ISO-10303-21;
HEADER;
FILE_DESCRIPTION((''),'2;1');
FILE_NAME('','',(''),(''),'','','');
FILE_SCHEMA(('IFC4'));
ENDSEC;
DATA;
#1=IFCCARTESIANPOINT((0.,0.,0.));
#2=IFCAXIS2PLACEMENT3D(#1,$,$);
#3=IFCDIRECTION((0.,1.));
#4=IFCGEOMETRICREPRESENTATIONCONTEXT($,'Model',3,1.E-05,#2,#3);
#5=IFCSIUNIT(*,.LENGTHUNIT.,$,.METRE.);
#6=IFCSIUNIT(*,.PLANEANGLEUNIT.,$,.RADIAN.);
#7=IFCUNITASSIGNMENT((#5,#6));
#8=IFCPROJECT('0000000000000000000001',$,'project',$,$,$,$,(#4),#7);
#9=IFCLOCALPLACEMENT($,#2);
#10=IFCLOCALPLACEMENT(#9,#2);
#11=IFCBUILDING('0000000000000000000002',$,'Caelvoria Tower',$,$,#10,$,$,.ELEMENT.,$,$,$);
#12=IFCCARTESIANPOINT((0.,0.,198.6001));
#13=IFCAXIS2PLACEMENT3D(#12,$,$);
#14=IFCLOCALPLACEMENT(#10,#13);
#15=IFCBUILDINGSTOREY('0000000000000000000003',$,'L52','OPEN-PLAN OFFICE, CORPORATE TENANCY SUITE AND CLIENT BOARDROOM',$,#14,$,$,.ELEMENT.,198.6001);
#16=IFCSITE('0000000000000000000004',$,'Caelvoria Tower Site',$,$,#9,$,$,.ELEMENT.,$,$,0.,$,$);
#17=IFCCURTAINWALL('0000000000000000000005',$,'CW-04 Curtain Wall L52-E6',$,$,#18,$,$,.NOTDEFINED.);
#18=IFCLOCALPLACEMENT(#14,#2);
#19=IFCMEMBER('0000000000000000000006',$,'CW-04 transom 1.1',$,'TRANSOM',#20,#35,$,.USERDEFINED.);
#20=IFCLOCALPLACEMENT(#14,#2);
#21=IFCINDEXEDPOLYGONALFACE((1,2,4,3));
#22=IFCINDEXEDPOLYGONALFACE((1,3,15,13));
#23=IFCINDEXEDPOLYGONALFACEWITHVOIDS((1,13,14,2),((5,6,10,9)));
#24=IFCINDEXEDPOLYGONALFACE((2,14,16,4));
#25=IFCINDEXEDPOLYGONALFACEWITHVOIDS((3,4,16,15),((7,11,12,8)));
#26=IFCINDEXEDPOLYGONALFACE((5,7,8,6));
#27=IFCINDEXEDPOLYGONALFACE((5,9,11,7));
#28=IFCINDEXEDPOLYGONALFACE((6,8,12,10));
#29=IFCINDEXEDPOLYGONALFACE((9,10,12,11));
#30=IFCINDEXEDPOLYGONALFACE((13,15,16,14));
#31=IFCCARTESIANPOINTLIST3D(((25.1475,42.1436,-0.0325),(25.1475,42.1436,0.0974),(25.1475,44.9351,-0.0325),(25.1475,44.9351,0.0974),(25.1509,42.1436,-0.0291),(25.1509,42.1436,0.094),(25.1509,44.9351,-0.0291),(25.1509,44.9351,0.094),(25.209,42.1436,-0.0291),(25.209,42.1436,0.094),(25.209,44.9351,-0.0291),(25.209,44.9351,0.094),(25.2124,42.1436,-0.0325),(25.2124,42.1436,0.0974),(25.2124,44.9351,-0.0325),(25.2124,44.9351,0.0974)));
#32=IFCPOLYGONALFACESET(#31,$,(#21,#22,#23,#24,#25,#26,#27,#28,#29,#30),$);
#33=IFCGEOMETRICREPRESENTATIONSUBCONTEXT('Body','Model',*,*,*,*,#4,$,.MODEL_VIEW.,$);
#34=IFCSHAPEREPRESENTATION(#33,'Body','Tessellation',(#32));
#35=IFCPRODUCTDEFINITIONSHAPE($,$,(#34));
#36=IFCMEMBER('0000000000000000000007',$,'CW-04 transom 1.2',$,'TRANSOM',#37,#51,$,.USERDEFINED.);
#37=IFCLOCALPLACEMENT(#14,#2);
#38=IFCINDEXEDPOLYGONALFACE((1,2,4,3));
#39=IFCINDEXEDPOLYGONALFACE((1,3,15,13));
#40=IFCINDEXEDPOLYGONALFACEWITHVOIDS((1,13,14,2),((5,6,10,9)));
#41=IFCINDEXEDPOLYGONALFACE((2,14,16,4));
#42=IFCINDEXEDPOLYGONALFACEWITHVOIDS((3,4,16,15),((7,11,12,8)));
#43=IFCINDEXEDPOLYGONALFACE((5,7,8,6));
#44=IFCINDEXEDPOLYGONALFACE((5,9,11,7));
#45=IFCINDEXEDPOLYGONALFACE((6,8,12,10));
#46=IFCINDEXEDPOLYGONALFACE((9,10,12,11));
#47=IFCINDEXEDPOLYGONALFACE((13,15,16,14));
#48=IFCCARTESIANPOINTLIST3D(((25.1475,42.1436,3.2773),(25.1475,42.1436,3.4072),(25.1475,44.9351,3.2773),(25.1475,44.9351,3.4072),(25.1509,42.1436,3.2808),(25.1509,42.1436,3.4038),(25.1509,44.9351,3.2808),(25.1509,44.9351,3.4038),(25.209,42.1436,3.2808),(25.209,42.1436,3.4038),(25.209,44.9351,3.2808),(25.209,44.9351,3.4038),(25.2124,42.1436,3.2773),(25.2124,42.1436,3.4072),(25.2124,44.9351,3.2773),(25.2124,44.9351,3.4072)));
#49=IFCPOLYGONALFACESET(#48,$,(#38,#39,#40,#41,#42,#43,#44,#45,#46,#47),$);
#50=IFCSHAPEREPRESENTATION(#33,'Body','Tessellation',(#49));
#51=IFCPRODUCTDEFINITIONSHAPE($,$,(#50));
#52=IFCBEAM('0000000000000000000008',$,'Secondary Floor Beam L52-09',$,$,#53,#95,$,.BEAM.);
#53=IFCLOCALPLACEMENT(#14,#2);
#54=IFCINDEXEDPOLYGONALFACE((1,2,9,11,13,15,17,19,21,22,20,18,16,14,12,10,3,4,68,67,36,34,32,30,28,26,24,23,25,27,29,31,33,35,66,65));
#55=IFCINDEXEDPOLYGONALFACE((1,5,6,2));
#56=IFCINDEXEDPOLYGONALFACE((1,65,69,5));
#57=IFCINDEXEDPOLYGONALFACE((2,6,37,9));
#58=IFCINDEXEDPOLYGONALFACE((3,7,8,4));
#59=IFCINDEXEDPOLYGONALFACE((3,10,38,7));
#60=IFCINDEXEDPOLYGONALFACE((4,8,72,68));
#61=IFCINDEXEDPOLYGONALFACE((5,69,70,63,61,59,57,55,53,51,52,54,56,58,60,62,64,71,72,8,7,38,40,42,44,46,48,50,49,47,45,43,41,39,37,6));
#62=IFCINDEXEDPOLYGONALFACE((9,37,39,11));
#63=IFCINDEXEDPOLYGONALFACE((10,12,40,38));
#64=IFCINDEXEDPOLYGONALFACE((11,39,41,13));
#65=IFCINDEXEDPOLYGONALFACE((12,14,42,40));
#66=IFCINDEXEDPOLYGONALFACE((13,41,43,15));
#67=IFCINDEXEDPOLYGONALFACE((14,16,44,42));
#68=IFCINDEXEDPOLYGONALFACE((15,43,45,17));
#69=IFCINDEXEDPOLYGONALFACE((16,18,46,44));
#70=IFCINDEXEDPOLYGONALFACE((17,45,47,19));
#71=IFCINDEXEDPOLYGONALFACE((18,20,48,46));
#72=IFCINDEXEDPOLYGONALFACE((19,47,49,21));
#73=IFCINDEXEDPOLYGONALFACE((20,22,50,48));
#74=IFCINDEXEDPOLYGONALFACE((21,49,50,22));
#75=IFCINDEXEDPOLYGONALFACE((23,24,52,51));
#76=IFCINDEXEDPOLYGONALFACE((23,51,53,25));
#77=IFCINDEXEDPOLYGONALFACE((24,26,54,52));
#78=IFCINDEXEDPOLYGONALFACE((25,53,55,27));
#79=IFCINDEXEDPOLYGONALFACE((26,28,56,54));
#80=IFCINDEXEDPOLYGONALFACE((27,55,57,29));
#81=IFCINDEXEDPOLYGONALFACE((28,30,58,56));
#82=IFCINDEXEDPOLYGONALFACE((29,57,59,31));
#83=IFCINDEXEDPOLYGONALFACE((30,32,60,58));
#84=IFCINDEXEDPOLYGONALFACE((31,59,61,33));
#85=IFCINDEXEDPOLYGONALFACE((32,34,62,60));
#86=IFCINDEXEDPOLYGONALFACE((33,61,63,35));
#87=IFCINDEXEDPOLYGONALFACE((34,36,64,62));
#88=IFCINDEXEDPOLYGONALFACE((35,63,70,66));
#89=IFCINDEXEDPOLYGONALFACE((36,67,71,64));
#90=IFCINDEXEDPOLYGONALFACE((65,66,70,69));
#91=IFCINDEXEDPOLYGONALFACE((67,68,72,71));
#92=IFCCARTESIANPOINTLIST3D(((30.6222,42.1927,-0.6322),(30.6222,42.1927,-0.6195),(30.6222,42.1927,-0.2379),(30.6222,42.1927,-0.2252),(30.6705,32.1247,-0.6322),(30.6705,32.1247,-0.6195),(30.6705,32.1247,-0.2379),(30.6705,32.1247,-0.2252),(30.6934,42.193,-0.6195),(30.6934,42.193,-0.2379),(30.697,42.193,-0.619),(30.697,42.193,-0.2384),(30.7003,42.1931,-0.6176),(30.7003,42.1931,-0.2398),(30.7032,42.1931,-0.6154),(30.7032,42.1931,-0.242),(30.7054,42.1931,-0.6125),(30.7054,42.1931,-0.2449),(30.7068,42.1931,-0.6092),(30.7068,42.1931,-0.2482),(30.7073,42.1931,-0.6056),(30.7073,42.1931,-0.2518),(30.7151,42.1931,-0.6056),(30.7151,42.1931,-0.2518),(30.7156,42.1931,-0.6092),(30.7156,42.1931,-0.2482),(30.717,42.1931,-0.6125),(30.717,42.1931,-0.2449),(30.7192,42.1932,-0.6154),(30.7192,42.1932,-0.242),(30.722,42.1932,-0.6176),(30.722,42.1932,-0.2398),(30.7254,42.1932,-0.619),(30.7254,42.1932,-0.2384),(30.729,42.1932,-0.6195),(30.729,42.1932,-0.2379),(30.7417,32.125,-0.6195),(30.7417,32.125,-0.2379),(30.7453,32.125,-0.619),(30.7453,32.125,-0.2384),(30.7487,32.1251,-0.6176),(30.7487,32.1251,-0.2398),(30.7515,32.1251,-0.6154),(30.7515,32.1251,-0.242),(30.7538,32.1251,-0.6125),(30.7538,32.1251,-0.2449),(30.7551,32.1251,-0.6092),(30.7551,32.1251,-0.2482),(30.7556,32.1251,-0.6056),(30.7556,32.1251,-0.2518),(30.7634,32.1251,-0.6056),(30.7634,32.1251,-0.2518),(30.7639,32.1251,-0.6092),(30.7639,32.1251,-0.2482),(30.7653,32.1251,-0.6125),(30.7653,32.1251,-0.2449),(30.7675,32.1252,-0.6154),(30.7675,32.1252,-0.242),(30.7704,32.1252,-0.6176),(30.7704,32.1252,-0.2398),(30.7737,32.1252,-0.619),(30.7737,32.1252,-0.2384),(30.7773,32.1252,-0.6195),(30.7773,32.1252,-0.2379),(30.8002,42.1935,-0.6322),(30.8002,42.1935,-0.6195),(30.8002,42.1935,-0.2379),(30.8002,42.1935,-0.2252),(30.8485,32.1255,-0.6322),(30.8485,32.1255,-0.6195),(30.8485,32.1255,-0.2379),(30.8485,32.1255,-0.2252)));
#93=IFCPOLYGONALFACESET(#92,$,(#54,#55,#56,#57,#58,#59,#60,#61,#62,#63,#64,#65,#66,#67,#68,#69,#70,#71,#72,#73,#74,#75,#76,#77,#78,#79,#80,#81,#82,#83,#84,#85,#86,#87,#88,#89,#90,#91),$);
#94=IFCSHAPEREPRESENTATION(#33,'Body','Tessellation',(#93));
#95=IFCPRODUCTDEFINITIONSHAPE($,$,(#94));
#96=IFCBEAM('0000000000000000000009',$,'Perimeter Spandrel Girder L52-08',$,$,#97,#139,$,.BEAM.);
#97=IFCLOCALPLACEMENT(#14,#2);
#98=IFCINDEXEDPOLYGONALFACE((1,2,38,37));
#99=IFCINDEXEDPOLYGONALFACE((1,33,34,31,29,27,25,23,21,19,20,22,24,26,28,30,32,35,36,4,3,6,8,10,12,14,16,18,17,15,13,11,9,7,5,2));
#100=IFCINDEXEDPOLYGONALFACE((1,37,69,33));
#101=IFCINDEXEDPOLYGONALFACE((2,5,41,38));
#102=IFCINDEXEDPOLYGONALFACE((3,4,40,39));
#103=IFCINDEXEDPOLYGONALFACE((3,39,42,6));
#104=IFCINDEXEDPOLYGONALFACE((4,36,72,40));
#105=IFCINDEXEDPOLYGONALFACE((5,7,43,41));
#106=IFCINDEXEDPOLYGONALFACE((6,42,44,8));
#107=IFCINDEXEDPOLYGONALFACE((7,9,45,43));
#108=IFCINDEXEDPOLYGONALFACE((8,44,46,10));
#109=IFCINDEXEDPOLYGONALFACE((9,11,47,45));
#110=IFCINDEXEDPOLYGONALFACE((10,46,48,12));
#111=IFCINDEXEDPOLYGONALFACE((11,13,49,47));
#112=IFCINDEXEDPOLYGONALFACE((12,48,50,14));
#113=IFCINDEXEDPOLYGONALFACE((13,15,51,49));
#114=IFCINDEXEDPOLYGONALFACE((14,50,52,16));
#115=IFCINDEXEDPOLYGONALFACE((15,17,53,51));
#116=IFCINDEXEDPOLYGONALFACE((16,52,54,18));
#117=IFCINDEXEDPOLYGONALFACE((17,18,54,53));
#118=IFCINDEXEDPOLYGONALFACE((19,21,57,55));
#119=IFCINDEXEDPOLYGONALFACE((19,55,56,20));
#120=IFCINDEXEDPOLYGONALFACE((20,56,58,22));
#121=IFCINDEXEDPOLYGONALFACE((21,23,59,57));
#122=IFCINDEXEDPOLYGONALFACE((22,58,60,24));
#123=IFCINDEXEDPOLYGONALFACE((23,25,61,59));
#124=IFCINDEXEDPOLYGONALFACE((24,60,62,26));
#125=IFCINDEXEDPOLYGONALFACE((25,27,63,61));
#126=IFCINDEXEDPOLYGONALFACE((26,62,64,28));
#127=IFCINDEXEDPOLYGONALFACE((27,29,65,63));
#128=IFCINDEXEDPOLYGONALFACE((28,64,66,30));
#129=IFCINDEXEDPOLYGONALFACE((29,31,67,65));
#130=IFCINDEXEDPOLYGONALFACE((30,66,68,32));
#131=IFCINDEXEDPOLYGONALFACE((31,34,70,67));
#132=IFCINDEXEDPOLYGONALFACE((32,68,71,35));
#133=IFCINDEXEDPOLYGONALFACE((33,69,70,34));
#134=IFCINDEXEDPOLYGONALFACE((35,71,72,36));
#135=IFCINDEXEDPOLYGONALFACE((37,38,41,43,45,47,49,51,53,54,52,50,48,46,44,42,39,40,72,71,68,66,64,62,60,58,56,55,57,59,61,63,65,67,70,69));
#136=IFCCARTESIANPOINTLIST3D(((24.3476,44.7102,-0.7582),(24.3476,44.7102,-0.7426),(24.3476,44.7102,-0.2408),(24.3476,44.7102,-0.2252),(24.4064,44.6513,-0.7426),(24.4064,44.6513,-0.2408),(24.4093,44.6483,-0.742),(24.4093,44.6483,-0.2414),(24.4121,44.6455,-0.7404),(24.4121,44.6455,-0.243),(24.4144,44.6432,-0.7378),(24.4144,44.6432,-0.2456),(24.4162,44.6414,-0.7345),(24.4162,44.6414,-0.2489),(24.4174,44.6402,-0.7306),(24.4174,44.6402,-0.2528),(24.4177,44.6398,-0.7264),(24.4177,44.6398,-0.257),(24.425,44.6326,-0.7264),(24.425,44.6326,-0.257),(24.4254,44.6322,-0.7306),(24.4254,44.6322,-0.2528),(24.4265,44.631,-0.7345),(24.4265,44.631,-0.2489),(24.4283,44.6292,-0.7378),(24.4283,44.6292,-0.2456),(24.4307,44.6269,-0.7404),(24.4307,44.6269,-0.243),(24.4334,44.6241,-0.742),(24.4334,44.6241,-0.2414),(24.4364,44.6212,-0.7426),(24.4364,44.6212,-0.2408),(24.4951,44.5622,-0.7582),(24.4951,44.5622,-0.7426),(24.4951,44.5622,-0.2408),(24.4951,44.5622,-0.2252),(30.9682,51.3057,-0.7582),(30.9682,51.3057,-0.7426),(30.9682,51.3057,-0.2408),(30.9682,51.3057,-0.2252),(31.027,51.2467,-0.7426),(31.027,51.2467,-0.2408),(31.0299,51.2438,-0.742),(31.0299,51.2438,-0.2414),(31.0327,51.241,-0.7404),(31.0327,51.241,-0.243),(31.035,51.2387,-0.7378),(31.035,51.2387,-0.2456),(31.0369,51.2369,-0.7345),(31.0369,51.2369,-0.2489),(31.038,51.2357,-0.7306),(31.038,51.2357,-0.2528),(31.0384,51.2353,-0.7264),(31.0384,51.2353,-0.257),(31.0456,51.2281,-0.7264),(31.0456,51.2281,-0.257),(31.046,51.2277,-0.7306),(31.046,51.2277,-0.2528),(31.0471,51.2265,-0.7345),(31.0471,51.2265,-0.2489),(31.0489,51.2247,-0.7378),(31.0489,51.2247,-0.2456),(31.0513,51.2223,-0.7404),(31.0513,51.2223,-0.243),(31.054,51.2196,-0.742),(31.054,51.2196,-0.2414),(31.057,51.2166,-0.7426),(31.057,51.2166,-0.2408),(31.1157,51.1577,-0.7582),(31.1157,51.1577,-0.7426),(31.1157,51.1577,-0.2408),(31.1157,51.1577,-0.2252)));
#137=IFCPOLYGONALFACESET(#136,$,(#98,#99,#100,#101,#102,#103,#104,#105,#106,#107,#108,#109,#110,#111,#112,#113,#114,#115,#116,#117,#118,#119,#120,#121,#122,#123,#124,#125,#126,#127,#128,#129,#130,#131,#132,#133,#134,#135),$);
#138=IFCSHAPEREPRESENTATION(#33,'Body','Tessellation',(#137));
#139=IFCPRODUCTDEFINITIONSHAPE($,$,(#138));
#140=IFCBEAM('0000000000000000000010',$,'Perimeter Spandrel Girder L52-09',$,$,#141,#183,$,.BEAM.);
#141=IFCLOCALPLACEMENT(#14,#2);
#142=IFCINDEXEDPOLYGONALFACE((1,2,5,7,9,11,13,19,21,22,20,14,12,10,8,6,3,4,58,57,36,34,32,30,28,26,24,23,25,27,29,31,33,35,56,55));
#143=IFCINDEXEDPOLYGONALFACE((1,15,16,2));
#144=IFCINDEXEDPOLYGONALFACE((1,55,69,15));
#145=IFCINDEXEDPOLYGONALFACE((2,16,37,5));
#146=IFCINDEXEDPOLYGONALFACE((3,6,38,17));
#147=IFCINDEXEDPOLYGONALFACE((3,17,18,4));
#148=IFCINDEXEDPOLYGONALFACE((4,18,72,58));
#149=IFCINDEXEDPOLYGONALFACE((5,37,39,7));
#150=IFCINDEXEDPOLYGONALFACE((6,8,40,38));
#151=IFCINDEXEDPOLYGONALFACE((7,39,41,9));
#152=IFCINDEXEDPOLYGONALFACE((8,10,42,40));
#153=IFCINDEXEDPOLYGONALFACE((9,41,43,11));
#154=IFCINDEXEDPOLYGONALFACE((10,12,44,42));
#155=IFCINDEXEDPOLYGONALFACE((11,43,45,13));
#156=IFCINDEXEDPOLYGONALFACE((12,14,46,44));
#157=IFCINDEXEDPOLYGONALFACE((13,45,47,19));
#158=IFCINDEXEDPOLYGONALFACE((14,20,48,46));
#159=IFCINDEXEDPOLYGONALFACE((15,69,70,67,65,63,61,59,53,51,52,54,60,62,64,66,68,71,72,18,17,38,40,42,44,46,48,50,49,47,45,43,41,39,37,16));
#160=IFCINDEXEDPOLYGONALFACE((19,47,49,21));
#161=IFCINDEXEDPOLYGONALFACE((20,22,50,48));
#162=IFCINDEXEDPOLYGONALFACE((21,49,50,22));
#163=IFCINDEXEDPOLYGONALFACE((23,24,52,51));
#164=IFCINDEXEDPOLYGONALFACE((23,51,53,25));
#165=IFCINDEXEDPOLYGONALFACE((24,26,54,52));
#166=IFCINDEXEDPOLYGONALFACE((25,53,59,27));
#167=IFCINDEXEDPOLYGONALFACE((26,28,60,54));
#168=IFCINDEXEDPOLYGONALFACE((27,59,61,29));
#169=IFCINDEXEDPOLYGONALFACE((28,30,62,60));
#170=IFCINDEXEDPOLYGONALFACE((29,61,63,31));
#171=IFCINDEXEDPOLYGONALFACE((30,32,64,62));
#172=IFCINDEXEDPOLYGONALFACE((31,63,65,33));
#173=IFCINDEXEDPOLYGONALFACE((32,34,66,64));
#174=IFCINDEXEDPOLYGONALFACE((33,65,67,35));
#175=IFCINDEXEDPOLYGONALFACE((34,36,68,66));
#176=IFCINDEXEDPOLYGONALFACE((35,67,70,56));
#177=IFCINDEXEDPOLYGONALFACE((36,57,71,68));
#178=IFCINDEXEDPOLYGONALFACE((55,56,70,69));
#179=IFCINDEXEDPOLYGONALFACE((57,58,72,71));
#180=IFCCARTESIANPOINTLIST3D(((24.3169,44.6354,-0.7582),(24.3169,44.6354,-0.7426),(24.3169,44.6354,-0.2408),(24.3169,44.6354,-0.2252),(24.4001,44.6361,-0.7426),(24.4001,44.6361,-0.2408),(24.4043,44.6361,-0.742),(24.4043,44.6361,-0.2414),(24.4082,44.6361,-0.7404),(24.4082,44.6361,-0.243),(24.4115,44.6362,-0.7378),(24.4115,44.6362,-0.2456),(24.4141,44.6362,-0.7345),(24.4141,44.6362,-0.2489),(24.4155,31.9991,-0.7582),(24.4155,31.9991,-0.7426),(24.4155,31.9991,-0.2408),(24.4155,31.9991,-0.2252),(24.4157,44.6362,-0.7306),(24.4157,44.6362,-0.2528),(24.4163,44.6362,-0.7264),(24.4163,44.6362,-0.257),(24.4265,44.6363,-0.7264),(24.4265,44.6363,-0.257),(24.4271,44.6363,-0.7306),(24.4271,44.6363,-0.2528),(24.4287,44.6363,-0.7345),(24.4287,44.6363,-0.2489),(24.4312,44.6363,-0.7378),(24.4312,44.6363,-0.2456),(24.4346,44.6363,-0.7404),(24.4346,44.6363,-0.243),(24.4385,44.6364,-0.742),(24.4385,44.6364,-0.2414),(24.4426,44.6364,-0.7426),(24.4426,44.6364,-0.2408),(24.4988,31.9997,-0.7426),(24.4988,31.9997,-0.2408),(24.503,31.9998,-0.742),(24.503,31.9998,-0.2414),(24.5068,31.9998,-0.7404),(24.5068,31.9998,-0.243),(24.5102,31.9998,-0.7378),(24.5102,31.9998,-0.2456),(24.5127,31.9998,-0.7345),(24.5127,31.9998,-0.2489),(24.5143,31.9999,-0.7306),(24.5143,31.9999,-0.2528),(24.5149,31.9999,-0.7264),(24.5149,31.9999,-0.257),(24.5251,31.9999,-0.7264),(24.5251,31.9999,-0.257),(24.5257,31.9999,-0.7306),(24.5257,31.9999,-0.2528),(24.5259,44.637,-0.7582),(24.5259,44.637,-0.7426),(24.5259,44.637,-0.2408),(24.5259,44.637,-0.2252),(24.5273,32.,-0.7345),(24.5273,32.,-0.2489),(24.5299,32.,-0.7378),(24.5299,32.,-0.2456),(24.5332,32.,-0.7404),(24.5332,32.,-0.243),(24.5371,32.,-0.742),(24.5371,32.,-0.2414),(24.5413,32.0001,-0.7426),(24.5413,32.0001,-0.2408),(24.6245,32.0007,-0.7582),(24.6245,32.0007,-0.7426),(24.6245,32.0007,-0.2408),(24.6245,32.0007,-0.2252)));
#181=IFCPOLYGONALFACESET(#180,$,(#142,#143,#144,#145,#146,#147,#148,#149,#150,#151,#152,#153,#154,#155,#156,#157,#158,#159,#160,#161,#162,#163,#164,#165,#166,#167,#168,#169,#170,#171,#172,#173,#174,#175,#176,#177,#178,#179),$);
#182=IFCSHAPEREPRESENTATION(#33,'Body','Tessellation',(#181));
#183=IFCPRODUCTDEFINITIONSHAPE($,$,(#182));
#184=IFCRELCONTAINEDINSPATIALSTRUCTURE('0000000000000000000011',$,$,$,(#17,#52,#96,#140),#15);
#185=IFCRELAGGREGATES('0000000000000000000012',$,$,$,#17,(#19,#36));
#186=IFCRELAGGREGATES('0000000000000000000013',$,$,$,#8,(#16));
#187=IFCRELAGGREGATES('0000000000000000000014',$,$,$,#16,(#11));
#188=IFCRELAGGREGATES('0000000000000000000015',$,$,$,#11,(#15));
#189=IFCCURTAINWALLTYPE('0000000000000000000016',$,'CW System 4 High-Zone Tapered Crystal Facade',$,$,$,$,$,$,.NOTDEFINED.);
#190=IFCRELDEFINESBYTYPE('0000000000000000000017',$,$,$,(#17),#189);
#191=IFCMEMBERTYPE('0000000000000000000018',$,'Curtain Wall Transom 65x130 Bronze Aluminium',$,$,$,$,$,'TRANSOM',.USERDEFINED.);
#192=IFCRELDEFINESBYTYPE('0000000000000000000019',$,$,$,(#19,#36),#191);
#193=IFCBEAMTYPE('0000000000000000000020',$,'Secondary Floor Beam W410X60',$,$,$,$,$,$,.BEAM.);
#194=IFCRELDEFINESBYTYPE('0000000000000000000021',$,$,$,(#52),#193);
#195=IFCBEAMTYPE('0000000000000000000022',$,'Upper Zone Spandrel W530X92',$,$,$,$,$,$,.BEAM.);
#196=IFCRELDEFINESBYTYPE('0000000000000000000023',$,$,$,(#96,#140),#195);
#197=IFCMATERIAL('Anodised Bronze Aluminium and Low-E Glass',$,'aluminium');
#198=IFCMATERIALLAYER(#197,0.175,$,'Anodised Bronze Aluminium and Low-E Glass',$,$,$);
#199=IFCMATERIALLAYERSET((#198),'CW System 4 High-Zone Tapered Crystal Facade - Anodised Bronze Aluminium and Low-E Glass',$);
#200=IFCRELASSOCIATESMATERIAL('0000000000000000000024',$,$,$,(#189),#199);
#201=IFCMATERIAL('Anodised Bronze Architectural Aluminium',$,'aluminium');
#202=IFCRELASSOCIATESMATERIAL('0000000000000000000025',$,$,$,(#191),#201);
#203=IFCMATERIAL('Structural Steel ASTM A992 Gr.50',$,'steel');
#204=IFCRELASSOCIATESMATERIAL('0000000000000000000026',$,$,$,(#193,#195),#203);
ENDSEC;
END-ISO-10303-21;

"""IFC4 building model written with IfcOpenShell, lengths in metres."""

from ifc_helpers import new_model, si_unit, direction, frame, origin, origin_2d, place, context, subcontext, project, spatial, hollow_rectangle, i_section, extrude, material, layer, layer_set, material_profile, profile_set, type_object, element, aggregate, save


model = new_model("IFC4")

# Units and contexts
model_context = context("Model", 3, precision=1e-05, world=origin(), true_north=direction((0.0, 1.0)))
body_context = subcontext(model_context, "Body", "Model", "MODEL_VIEW")
ifc_project = project(units=[si_unit("LENGTHUNIT", "METRE"), si_unit("PLANEANGLEUNIT", "RADIAN")], contexts=[model_context])

# Site, building, storey
site_placement = place(None, origin())
site = spatial("IfcSite", under=ifc_project, at=site_placement, Name="Caelvoria Tower Site", CompositionType="ELEMENT", RefElevation=0.0)
building_placement = place(site_placement, origin())
building = spatial("IfcBuilding", under=site, at=building_placement, Name="Caelvoria Tower", CompositionType="ELEMENT")
storey_placement = place(building_placement, frame((0.0, 0.0, 198.6001)))
storey = spatial("IfcBuildingStorey", under=building, at=storey_placement, Name="L52", Description="OPEN-PLAN OFFICE, CORPORATE TENANCY SUITE AND CLIENT BOARDROOM", CompositionType="ELEMENT", Elevation=198.6001)

# Shared definitions
ifc_material_1 = material(Name="Anodised Bronze Aluminium and Low-E Glass", Category="aluminium")
ifc_layer_1 = layer(ifc_material_1, 0.175, Name="Anodised Bronze Aluminium and Low-E Glass")
ifc_layer_set_1 = layer_set([ifc_layer_1], Name="CW System 4 High-Zone Tapered Crystal Facade - Anodised Bronze Aluminium and Low-E Glass")
curtain_wall_type = type_object("IfcCurtainWallType", Name="CW System 4 High-Zone Tapered Crystal Facade", PredefinedType="NOTDEFINED", material=ifc_layer_set_1)
ifc_material_2 = material(Name="Anodised Bronze Architectural Aluminium", Category="aluminium")

# Curtain wall
curtain_wall_1_placement = place(storey_placement, origin())
curtain_wall_1 = element("IfcCurtainWall", 1, at=curtain_wall_1_placement, inside=storey, type_object=curtain_wall_type, Name="CW-04 Curtain Wall L52-E6", PredefinedType="NOTDEFINED")

# Members
ifc_material_profile_1 = material_profile(ifc_material_2, hollow_rectangle(XDim=0.0649, YDim=0.1299, WallThickness=0.0034, at=origin_2d()), Name="Anodised Bronze Architectural Aluminium")
ifc_profile_set_1 = profile_set([ifc_material_profile_1], Name="CW_TRAN_65X130 - Anodised Bronze Architectural Aluminium")
member_type_1 = type_object("IfcMemberType", Name="Curtain Wall Transom 65x130 Bronze Aluminium", ElementType="TRANSOM", PredefinedType="USERDEFINED", material=ifc_profile_set_1)
member_1_placement = place(storey_placement, frame((25.1799, 44.9351, 0.0325), z_axis=(0.0, -1.0, 0.0), x_axis=(1.0, 0.0, 0.0)))
member_1 = element("IfcMember", 2, at=member_1_placement, type_object=member_type_1, Name="CW-04 transom 1.1", ObjectType="TRANSOM", PredefinedType="USERDEFINED", context=body_context, shape_type="SweptSolid", body=[
    extrude(hollow_rectangle(XDim=0.0649, YDim=0.1299, WallThickness=0.0034, at=origin_2d()), origin(), (0.0, 0.0, 1.0), 2.7915),
])
member_2_placement = place(storey_placement, frame((25.1799, 44.9351, 3.3423), z_axis=(0.0, -1.0, 0.0), x_axis=(1.0, 0.0, 0.0)))
member_2 = element("IfcMember", 3, at=member_2_placement, type_object=member_type_1, Name="CW-04 transom 1.2", ObjectType="TRANSOM", PredefinedType="USERDEFINED", context=body_context, shape_type="SweptSolid", body=[
    extrude(hollow_rectangle(XDim=0.0649, YDim=0.1299, WallThickness=0.0034, at=origin_2d()), origin(), (0.0, 0.0, 1.0), 2.7915),
])

# Beams
ifc_material_3 = material(Name="Structural Steel ASTM A992 Gr.50", Category="steel")
ifc_material_profile_2 = material_profile(ifc_material_3, i_section(OverallWidth=0.178, OverallDepth=0.407, WebThickness=0.0078, FlangeThickness=0.0127, FilletRadius=0.0139, at=origin_2d()), Name="Structural Steel ASTM A992 Gr.50")
ifc_profile_set_2 = profile_set([ifc_material_profile_2], Name="W410X60 - Structural Steel ASTM A992 Gr.50")
beam_type_1 = type_object("IfcBeamType", Name="Secondary Floor Beam W410X60", PredefinedType="BEAM", material=ifc_profile_set_2)
beam_1_placement = place(storey_placement, frame((30.7112, 42.1931, -0.4287), z_axis=(0.004801, -0.999988, 0.0), x_axis=(0.999988, 0.004801, 0.0)))
element("IfcBeam", 4, at=beam_1_placement, inside=storey, type_object=beam_type_1, Name="Secondary Floor Beam L52-09", PredefinedType="BEAM", context=body_context, shape_type="SweptSolid", body=[
    extrude(i_section(OverallWidth=0.178, OverallDepth=0.407, WebThickness=0.0078, FlangeThickness=0.0127, FilletRadius=0.0139, at=origin_2d()), origin(), (0.0, 0.0, 1.0), 10.0681),
])
ifc_material_profile_3 = material_profile(ifc_material_3, i_section(OverallWidth=0.209, OverallDepth=0.533, WebThickness=0.0103, FlangeThickness=0.0156, FilletRadius=0.0161, at=origin_2d()), Name="Structural Steel ASTM A992 Gr.50")
ifc_profile_set_3 = profile_set([ifc_material_profile_3], Name="W530X92 - Structural Steel ASTM A992 Gr.50")
beam_type_2 = type_object("IfcBeamType", Name="Upper Zone Spandrel W530X92", PredefinedType="BEAM", material=ifc_profile_set_3)
beam_2_placement = place(storey_placement, frame((31.042, 51.2317, -0.4917), z_axis=(-0.708451, -0.70576, 0.0), x_axis=(0.70576, -0.708451, 0.0)))
element("IfcBeam", 5, at=beam_2_placement, inside=storey, type_object=beam_type_2, Name="Perimeter Spandrel Girder L52-08", PredefinedType="BEAM", context=body_context, shape_type="SweptSolid", body=[
    extrude(i_section(OverallWidth=0.209, OverallDepth=0.533, WebThickness=0.0103, FlangeThickness=0.0156, FilletRadius=0.0161, at=origin_2d()), origin(), (0.0, 0.0, 1.0), 9.3452),
])
beam_3_placement = place(storey_placement, frame((24.4214, 44.6362, -0.4917), z_axis=(0.007805, -0.99997, 0.0), x_axis=(0.99997, 0.007805, 0.0)))
element("IfcBeam", 6, at=beam_3_placement, inside=storey, type_object=beam_type_2, Name="Perimeter Spandrel Girder L52-09", PredefinedType="BEAM", context=body_context, shape_type="SweptSolid", body=[
    extrude(i_section(OverallWidth=0.209, OverallDepth=0.533, WebThickness=0.0103, FlangeThickness=0.0156, FilletRadius=0.0161, at=origin_2d()), origin(), (0.0, 0.0, 1.0), 12.6367),
])

aggregate(curtain_wall_1, [member_1, member_2])

save(model, "model.ifc")
